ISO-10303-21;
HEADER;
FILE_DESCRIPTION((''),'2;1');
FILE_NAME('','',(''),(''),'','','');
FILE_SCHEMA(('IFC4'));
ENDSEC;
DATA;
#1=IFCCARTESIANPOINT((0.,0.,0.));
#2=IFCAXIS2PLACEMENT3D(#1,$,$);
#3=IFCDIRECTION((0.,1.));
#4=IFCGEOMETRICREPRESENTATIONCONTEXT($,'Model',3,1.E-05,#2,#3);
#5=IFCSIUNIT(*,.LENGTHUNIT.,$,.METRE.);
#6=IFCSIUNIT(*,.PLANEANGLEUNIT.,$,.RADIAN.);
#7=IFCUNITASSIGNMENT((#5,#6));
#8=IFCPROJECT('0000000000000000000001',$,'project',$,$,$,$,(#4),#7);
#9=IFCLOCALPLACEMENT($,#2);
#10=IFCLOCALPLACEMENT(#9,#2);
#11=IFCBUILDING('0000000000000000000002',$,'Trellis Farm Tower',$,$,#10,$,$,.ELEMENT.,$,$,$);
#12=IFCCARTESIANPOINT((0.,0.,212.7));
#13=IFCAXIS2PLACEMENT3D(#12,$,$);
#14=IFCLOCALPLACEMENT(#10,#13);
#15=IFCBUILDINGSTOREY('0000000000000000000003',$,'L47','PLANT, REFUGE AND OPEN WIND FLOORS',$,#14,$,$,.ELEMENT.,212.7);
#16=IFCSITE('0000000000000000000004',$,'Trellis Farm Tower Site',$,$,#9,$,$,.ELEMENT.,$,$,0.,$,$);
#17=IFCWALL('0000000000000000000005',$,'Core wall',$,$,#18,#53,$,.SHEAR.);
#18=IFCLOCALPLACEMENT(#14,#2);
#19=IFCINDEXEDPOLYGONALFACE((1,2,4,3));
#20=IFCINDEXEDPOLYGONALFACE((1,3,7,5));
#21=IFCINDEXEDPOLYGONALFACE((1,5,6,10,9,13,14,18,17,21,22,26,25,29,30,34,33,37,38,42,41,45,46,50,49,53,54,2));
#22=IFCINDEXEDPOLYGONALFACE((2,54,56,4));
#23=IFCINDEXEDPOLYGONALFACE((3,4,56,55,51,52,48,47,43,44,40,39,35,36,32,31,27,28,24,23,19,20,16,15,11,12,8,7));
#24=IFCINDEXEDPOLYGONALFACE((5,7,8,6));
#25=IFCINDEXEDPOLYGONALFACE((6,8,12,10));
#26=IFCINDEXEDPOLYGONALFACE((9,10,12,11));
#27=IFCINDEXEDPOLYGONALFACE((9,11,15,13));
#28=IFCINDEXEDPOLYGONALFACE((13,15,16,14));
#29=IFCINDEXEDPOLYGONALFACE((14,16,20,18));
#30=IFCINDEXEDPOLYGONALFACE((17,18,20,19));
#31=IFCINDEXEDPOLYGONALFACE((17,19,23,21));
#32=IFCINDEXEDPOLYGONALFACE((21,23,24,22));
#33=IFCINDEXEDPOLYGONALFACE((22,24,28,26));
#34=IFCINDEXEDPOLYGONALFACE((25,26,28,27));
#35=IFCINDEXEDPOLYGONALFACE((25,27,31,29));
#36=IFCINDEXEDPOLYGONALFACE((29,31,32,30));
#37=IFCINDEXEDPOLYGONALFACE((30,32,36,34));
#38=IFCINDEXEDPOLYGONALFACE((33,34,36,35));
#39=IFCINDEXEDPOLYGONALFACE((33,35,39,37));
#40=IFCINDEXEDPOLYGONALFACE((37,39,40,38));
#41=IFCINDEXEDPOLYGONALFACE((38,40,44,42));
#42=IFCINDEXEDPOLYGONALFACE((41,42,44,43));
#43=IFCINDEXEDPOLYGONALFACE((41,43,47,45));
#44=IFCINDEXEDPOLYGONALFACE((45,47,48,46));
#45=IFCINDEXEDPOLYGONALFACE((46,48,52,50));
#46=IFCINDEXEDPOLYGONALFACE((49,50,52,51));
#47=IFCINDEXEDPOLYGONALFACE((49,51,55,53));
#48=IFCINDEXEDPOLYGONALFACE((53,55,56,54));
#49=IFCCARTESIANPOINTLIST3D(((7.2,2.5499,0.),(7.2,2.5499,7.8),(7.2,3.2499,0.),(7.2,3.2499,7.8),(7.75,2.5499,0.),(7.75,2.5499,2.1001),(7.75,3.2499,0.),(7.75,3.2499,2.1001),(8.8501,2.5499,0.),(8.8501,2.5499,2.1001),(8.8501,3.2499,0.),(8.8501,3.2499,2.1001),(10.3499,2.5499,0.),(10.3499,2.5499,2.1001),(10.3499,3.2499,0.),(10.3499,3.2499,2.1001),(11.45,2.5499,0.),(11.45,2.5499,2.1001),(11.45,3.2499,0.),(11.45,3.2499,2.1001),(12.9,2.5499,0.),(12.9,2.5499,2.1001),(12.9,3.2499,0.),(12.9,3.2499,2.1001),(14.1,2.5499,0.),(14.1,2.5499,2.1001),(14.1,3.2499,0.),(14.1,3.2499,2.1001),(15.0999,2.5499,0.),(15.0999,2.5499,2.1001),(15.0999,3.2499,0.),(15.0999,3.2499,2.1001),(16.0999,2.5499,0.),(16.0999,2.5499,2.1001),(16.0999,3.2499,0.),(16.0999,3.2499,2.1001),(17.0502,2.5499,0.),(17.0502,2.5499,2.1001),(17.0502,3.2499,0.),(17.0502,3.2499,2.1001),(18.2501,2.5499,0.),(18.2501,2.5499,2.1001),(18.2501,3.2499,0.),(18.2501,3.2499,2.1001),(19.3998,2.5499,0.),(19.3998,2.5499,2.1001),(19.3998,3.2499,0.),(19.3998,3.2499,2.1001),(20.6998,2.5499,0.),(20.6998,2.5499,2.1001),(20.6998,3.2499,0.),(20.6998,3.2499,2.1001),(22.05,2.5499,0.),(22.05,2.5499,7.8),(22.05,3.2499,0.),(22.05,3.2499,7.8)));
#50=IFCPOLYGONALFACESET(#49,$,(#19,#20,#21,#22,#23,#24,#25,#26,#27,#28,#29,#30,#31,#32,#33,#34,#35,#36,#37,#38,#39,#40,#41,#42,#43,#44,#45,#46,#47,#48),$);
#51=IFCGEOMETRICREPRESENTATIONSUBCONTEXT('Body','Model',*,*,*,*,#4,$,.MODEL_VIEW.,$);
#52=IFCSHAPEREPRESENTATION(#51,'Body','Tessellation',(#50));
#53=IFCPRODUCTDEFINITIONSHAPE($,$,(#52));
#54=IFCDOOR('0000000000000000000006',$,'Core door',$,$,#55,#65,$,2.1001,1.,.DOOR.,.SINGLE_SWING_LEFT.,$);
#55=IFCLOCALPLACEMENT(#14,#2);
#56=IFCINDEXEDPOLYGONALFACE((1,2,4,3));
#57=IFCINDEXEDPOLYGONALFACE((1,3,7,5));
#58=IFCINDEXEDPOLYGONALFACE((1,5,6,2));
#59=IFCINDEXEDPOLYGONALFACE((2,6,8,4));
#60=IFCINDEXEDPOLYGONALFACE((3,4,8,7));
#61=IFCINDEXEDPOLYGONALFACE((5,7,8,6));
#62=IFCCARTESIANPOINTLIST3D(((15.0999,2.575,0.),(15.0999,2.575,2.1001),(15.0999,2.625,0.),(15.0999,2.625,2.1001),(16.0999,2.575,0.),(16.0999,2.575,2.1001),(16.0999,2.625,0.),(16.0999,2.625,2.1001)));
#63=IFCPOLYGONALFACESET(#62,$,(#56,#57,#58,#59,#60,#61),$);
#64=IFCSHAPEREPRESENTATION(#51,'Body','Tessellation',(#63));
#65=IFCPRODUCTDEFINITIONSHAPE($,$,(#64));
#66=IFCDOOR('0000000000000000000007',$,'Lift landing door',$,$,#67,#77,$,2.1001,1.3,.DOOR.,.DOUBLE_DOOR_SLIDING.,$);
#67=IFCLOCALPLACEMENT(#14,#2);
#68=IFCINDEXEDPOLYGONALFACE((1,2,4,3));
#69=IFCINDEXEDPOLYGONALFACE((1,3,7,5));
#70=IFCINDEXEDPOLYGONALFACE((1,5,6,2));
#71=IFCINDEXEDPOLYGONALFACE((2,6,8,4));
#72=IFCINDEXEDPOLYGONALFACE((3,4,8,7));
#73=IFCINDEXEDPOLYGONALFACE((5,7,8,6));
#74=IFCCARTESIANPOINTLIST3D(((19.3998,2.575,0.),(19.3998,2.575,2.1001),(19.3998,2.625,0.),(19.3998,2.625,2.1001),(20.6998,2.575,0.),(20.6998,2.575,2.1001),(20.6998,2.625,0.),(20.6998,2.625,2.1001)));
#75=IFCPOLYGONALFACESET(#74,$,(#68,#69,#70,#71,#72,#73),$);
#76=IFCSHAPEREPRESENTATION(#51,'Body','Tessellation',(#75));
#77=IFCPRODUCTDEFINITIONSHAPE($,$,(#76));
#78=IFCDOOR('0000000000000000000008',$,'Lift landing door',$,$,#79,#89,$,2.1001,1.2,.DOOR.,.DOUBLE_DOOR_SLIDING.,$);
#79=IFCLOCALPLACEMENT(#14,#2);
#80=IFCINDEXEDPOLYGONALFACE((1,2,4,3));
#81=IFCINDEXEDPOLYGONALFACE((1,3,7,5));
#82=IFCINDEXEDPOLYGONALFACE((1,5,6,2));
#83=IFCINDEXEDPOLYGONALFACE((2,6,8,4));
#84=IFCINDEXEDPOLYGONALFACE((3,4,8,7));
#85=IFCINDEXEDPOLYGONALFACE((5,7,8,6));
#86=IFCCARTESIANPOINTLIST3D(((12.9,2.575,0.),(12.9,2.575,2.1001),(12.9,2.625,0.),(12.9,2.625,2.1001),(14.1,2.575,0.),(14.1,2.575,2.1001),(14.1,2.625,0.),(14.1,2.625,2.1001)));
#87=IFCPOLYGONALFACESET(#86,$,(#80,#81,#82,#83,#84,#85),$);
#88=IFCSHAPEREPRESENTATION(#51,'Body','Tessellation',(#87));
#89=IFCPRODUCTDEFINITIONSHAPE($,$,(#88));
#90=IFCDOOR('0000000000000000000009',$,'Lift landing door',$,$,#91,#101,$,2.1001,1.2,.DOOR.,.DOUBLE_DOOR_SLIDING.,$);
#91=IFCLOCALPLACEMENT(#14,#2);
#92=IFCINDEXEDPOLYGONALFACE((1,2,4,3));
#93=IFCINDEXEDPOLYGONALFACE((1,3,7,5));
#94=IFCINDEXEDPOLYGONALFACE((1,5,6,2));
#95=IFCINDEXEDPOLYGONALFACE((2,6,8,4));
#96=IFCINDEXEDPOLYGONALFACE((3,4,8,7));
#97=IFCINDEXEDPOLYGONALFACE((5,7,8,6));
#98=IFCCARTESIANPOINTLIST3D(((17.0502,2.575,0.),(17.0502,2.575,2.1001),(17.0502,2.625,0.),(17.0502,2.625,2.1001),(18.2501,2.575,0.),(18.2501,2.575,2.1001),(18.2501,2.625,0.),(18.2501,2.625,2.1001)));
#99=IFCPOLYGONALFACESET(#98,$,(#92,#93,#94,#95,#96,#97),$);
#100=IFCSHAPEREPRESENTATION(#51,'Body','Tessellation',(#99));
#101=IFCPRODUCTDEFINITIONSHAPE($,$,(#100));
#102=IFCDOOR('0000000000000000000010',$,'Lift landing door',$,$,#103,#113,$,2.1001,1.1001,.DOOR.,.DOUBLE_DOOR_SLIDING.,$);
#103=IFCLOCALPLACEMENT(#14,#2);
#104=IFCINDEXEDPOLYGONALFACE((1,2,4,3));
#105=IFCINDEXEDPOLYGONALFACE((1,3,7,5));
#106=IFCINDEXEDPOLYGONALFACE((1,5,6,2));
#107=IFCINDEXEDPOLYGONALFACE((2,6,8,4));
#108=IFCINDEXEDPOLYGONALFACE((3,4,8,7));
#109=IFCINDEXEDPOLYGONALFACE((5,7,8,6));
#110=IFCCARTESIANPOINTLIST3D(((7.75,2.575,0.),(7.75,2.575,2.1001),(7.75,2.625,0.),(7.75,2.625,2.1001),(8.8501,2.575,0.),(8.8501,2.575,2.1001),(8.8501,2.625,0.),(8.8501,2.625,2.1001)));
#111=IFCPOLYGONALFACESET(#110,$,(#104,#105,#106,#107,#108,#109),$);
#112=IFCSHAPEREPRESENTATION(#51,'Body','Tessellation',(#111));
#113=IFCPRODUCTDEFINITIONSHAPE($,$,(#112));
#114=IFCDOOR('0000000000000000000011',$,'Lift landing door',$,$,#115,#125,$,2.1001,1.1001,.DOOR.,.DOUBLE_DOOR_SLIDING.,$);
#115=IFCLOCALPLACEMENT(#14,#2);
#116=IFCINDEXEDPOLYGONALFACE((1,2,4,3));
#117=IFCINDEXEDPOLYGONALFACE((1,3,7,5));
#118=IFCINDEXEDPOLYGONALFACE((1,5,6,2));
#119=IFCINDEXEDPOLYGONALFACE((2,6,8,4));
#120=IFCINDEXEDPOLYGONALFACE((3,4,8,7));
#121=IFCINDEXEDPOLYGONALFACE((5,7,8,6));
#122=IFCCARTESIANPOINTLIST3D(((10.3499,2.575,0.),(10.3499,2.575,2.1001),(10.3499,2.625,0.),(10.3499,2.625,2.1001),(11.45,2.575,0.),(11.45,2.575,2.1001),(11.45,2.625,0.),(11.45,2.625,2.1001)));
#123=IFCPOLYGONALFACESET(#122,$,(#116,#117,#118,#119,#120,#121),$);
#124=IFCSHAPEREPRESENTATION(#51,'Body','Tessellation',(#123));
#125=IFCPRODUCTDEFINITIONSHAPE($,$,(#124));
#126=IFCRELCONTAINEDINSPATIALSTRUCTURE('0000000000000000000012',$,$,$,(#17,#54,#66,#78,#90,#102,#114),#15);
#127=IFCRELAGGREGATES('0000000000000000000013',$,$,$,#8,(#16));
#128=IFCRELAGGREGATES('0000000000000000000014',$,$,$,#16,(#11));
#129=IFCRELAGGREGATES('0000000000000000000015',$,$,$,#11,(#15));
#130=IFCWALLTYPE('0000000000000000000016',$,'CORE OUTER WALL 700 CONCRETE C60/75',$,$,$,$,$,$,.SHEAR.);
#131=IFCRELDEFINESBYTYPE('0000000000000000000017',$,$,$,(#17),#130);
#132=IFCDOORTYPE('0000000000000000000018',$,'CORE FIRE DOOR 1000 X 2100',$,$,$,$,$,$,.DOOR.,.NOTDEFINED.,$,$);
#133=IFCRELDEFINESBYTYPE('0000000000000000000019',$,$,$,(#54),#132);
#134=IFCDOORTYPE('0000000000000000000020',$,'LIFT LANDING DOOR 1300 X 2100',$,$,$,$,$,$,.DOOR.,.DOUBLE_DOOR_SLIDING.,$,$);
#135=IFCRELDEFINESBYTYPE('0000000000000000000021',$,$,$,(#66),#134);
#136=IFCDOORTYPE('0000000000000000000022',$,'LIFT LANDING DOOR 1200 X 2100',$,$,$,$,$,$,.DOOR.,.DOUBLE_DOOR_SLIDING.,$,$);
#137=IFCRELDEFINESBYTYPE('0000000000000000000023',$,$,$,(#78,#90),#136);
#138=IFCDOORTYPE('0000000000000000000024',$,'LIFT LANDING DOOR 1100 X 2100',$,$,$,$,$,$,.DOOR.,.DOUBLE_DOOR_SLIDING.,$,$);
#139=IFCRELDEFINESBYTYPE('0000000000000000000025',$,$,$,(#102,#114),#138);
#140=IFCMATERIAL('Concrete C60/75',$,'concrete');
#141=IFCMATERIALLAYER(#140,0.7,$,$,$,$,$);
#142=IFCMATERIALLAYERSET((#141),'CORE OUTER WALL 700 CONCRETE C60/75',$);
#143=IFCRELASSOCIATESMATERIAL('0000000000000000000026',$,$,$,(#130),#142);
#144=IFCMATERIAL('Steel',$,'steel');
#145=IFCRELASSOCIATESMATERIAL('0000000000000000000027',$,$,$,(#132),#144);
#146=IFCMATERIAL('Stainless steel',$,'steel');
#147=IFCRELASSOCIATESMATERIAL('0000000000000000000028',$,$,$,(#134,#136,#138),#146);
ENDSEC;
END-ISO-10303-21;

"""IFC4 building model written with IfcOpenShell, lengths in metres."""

from ifc_helpers import new_model, si_unit, direction, frame, frame_2d, origin, place, context, subcontext, project, spatial, rectangle, extrude, source, transform, mapped, material, layer, layer_set, type_object, element, fill, save


model = new_model("IFC4")

# Units and contexts
model_context = context("Model", 3, precision=1e-05, world=origin(), true_north=direction((0.0, 1.0)))
body_context = subcontext(model_context, "Body", "Model", "MODEL_VIEW")
ifc_project = project(units=[si_unit("LENGTHUNIT", "METRE"), si_unit("PLANEANGLEUNIT", "RADIAN")], contexts=[model_context])

# Site, building, storey
site_placement = place(None, origin())
site = spatial("IfcSite", under=ifc_project, at=site_placement, Name="Trellis Farm Tower Site", CompositionType="ELEMENT", RefElevation=0.0)
building_placement = place(site_placement, origin())
building = spatial("IfcBuilding", under=site, at=building_placement, Name="Trellis Farm Tower", CompositionType="ELEMENT")
storey_placement = place(building_placement, frame((0.0, 0.0, 212.7)))
storey = spatial("IfcBuildingStorey", under=building, at=storey_placement, Name="L47", Description="PLANT, REFUGE AND OPEN WIND FLOORS", CompositionType="ELEMENT", Elevation=212.7)

# Shared definitions
ifc_material_1 = material(Name="Concrete C60/75", Category="concrete")

# Shared definitions
ifc_material_2 = material(Name="Steel", Category="steel")

# Wall, openings, doors
ifc_layer_1 = layer(ifc_material_1, 0.7)
ifc_layer_set_1 = layer_set([ifc_layer_1], Name="CORE OUTER WALL 700 CONCRETE C60/75")
wall_type_1 = type_object("IfcWallType", Name="CORE OUTER WALL 700 CONCRETE C60/75", PredefinedType="SHEAR", material=ifc_layer_set_1)
shared_shape_1 = source(origin(), body_context, "Body", "SweptSolid", [
    extrude(rectangle(XDim=14.8501, YDim=0.7, at=frame_2d((7.425, 0.0))), origin(), (0.0, 0.0, 1.0), 7.8),
])
wall_1_placement = place(storey_placement, frame((7.2, 2.8999, 0.0), z_axis=(0.0, 0.0, 1.0), x_axis=(1.0, 0.0, 0.0)))
wall_1 = element("IfcWall", 1, at=wall_1_placement, inside=storey, type_object=wall_type_1, Name="Core wall", PredefinedType="SHEAR", context=body_context, shape_type="MappedRepresentation", body=[
    mapped(shared_shape_1, transform((0.0, 0.0, 0.0))),
])
shared_shape_2 = source(origin(), body_context, "Body", "SweptSolid", [
    extrude(rectangle(XDim=1.1001, YDim=2.1001, at=frame_2d((0.55, 1.05))), frame((0.0, 0.3601, 0.0), z_axis=(0.0, -1.0, 0.0), x_axis=(1.0, 0.0, 0.0)), (0.0, 0.0, 1.0), 0.7202),
])
opening_1_placement = place(wall_1_placement, frame((0.55, 0.0, 0.0)))
opening_1 = element("IfcOpeningElement", 2, at=opening_1_placement, cuts=wall_1, PredefinedType="OPENING", context=body_context, shape_type="MappedRepresentation", body=[
    mapped(shared_shape_2, transform((0.0, 0.0, 0.0))),
])
opening_2_placement = place(wall_1_placement, frame((3.1499, 0.0, 0.0)))
opening_2 = element("IfcOpeningElement", 3, at=opening_2_placement, cuts=wall_1, PredefinedType="OPENING", context=body_context, shape_type="MappedRepresentation", body=[
    mapped(shared_shape_2, transform((0.0, 0.0, 0.0))),
])
shared_shape_3 = source(origin(), body_context, "Body", "SweptSolid", [
    extrude(rectangle(XDim=1.2, YDim=2.1001, at=frame_2d((0.6001, 1.05))), frame((0.0, 0.3601, 0.0), z_axis=(0.0, -1.0, 0.0), x_axis=(1.0, 0.0, 0.0)), (0.0, 0.0, 1.0), 0.7202),
])
opening_3_placement = place(wall_1_placement, frame((5.7, 0.0, 0.0)))
opening_3 = element("IfcOpeningElement", 4, at=opening_3_placement, cuts=wall_1, PredefinedType="OPENING", context=body_context, shape_type="MappedRepresentation", body=[
    mapped(shared_shape_3, transform((0.0, 0.0, 0.0))),
])
shared_shape_4 = source(origin(), body_context, "Body", "SweptSolid", [
    extrude(rectangle(XDim=1.3, YDim=2.1001, at=frame_2d((0.6499, 1.05))), frame((0.0, 0.3601, 0.0), z_axis=(0.0, -1.0, 0.0), x_axis=(1.0, 0.0, 0.0)), (0.0, 0.0, 1.0), 0.7202),
])
opening_4_placement = place(wall_1_placement, frame((12.2, 0.0, 0.0)))
opening_4 = element("IfcOpeningElement", 5, at=opening_4_placement, cuts=wall_1, PredefinedType="OPENING", context=body_context, shape_type="MappedRepresentation", body=[
    mapped(shared_shape_4, transform((0.0, 0.0, 0.0))),
])
opening_5_placement = place(wall_1_placement, frame((9.8501, 0.0, 0.0)))
opening_5 = element("IfcOpeningElement", 6, at=opening_5_placement, cuts=wall_1, PredefinedType="OPENING", context=body_context, shape_type="MappedRepresentation", body=[
    mapped(shared_shape_3, transform((0.0, 0.0, 0.0))),
])
shared_shape_5 = source(origin(), body_context, "Body", "SweptSolid", [
    extrude(rectangle(XDim=1.0, YDim=2.1001, at=frame_2d((0.5, 1.05))), frame((0.0, 0.3601, 0.0), z_axis=(0.0, -1.0, 0.0), x_axis=(1.0, 0.0, 0.0)), (0.0, 0.0, 1.0), 0.7202),
])
opening_6_placement = place(wall_1_placement, frame((7.8999, 0.0, 0.0)))
opening_6 = element("IfcOpeningElement", 7, at=opening_6_placement, cuts=wall_1, PredefinedType="OPENING", context=body_context, shape_type="MappedRepresentation", body=[
    mapped(shared_shape_5, transform((0.0, 0.0, 0.0))),
])
door_type_1 = type_object("IfcDoorType", Name="CORE FIRE DOOR 1000 X 2100", OperationType="NOTDEFINED", PredefinedType="DOOR", material=ifc_material_2)
shared_shape_6 = source(origin(), body_context, "Body", "SweptSolid", [
    extrude(rectangle(XDim=1.0, YDim=2.1001, at=frame_2d((0.5, 1.05))), frame((0.0, -0.2749, 0.0), z_axis=(0.0, -1.0, 0.0), x_axis=(1.0, 0.0, 0.0)), (0.0, 0.0, 1.0), 0.05),
])
door_1_placement = place(opening_6_placement, origin())
door_1 = element("IfcDoor", 8, at=door_1_placement, inside=storey, type_object=door_type_1, Name="Core door", OperationType="SINGLE_SWING_LEFT", OverallHeight=2.1001, OverallWidth=1.0, PredefinedType="DOOR", context=body_context, shape_type="MappedRepresentation", body=[
    mapped(shared_shape_6, transform((0.0, 0.0, 0.0))),
])
fill(opening_6, door_1)
ifc_material_3 = material(Name="Stainless steel", Category="steel")
door_type_2 = type_object("IfcDoorType", Name="LIFT LANDING DOOR 1300 X 2100", OperationType="DOUBLE_DOOR_SLIDING", PredefinedType="DOOR", material=ifc_material_3)
shared_shape_7 = source(origin(), body_context, "Body", "SweptSolid", [
    extrude(rectangle(XDim=1.3, YDim=2.1001, at=frame_2d((0.6499, 1.05))), frame((0.0, -0.2749, 0.0), z_axis=(0.0, -1.0, 0.0), x_axis=(1.0, 0.0, 0.0)), (0.0, 0.0, 1.0), 0.05),
])
door_2_placement = place(opening_4_placement, origin())
door_2 = element("IfcDoor", 9, at=door_2_placement, inside=storey, type_object=door_type_2, Name="Lift landing door", OperationType="DOUBLE_DOOR_SLIDING", OverallHeight=2.1001, OverallWidth=1.3, PredefinedType="DOOR", context=body_context, shape_type="MappedRepresentation", body=[
    mapped(shared_shape_7, transform((0.0, 0.0, 0.0))),
])
fill(opening_4, door_2)
door_type_3 = type_object("IfcDoorType", Name="LIFT LANDING DOOR 1200 X 2100", OperationType="DOUBLE_DOOR_SLIDING", PredefinedType="DOOR", material=ifc_material_3)
shared_shape_8 = source(origin(), body_context, "Body", "SweptSolid", [
    extrude(rectangle(XDim=1.2, YDim=2.1001, at=frame_2d((0.6001, 1.05))), frame((0.0, -0.2749, 0.0), z_axis=(0.0, -1.0, 0.0), x_axis=(1.0, 0.0, 0.0)), (0.0, 0.0, 1.0), 0.05),
])
door_3_placement = place(opening_3_placement, origin())
door_3 = element("IfcDoor", 10, at=door_3_placement, inside=storey, type_object=door_type_3, Name="Lift landing door", OperationType="DOUBLE_DOOR_SLIDING", OverallHeight=2.1001, OverallWidth=1.2, PredefinedType="DOOR", context=body_context, shape_type="MappedRepresentation", body=[
    mapped(shared_shape_8, transform((0.0, 0.0, 0.0))),
])
fill(opening_3, door_3)
door_4_placement = place(opening_5_placement, origin())
door_4 = element("IfcDoor", 11, at=door_4_placement, inside=storey, type_object=door_type_3, Name="Lift landing door", OperationType="DOUBLE_DOOR_SLIDING", OverallHeight=2.1001, OverallWidth=1.2, PredefinedType="DOOR", context=body_context, shape_type="MappedRepresentation", body=[
    mapped(shared_shape_8, transform((0.0, 0.0, 0.0))),
])
fill(opening_5, door_4)
door_type_4 = type_object("IfcDoorType", Name="LIFT LANDING DOOR 1100 X 2100", OperationType="DOUBLE_DOOR_SLIDING", PredefinedType="DOOR", material=ifc_material_3)
shared_shape_9 = source(origin(), body_context, "Body", "SweptSolid", [
    extrude(rectangle(XDim=1.1001, YDim=2.1001, at=frame_2d((0.55, 1.05))), frame((0.0, -0.2749, 0.0), z_axis=(0.0, -1.0, 0.0), x_axis=(1.0, 0.0, 0.0)), (0.0, 0.0, 1.0), 0.05),
])
door_5_placement = place(opening_1_placement, origin())
door_5 = element("IfcDoor", 12, at=door_5_placement, inside=storey, type_object=door_type_4, Name="Lift landing door", OperationType="DOUBLE_DOOR_SLIDING", OverallHeight=2.1001, OverallWidth=1.1001, PredefinedType="DOOR", context=body_context, shape_type="MappedRepresentation", body=[
    mapped(shared_shape_9, transform((0.0, 0.0, 0.0))),
])
fill(opening_1, door_5)
door_6_placement = place(opening_2_placement, origin())
door_6 = element("IfcDoor", 13, at=door_6_placement, inside=storey, type_object=door_type_4, Name="Lift landing door", OperationType="DOUBLE_DOOR_SLIDING", OverallHeight=2.1001, OverallWidth=1.1001, PredefinedType="DOOR", context=body_context, shape_type="MappedRepresentation", body=[
    mapped(shared_shape_9, transform((0.0, 0.0, 0.0))),
])
fill(opening_2, door_6)

save(model, "model.ifc")
